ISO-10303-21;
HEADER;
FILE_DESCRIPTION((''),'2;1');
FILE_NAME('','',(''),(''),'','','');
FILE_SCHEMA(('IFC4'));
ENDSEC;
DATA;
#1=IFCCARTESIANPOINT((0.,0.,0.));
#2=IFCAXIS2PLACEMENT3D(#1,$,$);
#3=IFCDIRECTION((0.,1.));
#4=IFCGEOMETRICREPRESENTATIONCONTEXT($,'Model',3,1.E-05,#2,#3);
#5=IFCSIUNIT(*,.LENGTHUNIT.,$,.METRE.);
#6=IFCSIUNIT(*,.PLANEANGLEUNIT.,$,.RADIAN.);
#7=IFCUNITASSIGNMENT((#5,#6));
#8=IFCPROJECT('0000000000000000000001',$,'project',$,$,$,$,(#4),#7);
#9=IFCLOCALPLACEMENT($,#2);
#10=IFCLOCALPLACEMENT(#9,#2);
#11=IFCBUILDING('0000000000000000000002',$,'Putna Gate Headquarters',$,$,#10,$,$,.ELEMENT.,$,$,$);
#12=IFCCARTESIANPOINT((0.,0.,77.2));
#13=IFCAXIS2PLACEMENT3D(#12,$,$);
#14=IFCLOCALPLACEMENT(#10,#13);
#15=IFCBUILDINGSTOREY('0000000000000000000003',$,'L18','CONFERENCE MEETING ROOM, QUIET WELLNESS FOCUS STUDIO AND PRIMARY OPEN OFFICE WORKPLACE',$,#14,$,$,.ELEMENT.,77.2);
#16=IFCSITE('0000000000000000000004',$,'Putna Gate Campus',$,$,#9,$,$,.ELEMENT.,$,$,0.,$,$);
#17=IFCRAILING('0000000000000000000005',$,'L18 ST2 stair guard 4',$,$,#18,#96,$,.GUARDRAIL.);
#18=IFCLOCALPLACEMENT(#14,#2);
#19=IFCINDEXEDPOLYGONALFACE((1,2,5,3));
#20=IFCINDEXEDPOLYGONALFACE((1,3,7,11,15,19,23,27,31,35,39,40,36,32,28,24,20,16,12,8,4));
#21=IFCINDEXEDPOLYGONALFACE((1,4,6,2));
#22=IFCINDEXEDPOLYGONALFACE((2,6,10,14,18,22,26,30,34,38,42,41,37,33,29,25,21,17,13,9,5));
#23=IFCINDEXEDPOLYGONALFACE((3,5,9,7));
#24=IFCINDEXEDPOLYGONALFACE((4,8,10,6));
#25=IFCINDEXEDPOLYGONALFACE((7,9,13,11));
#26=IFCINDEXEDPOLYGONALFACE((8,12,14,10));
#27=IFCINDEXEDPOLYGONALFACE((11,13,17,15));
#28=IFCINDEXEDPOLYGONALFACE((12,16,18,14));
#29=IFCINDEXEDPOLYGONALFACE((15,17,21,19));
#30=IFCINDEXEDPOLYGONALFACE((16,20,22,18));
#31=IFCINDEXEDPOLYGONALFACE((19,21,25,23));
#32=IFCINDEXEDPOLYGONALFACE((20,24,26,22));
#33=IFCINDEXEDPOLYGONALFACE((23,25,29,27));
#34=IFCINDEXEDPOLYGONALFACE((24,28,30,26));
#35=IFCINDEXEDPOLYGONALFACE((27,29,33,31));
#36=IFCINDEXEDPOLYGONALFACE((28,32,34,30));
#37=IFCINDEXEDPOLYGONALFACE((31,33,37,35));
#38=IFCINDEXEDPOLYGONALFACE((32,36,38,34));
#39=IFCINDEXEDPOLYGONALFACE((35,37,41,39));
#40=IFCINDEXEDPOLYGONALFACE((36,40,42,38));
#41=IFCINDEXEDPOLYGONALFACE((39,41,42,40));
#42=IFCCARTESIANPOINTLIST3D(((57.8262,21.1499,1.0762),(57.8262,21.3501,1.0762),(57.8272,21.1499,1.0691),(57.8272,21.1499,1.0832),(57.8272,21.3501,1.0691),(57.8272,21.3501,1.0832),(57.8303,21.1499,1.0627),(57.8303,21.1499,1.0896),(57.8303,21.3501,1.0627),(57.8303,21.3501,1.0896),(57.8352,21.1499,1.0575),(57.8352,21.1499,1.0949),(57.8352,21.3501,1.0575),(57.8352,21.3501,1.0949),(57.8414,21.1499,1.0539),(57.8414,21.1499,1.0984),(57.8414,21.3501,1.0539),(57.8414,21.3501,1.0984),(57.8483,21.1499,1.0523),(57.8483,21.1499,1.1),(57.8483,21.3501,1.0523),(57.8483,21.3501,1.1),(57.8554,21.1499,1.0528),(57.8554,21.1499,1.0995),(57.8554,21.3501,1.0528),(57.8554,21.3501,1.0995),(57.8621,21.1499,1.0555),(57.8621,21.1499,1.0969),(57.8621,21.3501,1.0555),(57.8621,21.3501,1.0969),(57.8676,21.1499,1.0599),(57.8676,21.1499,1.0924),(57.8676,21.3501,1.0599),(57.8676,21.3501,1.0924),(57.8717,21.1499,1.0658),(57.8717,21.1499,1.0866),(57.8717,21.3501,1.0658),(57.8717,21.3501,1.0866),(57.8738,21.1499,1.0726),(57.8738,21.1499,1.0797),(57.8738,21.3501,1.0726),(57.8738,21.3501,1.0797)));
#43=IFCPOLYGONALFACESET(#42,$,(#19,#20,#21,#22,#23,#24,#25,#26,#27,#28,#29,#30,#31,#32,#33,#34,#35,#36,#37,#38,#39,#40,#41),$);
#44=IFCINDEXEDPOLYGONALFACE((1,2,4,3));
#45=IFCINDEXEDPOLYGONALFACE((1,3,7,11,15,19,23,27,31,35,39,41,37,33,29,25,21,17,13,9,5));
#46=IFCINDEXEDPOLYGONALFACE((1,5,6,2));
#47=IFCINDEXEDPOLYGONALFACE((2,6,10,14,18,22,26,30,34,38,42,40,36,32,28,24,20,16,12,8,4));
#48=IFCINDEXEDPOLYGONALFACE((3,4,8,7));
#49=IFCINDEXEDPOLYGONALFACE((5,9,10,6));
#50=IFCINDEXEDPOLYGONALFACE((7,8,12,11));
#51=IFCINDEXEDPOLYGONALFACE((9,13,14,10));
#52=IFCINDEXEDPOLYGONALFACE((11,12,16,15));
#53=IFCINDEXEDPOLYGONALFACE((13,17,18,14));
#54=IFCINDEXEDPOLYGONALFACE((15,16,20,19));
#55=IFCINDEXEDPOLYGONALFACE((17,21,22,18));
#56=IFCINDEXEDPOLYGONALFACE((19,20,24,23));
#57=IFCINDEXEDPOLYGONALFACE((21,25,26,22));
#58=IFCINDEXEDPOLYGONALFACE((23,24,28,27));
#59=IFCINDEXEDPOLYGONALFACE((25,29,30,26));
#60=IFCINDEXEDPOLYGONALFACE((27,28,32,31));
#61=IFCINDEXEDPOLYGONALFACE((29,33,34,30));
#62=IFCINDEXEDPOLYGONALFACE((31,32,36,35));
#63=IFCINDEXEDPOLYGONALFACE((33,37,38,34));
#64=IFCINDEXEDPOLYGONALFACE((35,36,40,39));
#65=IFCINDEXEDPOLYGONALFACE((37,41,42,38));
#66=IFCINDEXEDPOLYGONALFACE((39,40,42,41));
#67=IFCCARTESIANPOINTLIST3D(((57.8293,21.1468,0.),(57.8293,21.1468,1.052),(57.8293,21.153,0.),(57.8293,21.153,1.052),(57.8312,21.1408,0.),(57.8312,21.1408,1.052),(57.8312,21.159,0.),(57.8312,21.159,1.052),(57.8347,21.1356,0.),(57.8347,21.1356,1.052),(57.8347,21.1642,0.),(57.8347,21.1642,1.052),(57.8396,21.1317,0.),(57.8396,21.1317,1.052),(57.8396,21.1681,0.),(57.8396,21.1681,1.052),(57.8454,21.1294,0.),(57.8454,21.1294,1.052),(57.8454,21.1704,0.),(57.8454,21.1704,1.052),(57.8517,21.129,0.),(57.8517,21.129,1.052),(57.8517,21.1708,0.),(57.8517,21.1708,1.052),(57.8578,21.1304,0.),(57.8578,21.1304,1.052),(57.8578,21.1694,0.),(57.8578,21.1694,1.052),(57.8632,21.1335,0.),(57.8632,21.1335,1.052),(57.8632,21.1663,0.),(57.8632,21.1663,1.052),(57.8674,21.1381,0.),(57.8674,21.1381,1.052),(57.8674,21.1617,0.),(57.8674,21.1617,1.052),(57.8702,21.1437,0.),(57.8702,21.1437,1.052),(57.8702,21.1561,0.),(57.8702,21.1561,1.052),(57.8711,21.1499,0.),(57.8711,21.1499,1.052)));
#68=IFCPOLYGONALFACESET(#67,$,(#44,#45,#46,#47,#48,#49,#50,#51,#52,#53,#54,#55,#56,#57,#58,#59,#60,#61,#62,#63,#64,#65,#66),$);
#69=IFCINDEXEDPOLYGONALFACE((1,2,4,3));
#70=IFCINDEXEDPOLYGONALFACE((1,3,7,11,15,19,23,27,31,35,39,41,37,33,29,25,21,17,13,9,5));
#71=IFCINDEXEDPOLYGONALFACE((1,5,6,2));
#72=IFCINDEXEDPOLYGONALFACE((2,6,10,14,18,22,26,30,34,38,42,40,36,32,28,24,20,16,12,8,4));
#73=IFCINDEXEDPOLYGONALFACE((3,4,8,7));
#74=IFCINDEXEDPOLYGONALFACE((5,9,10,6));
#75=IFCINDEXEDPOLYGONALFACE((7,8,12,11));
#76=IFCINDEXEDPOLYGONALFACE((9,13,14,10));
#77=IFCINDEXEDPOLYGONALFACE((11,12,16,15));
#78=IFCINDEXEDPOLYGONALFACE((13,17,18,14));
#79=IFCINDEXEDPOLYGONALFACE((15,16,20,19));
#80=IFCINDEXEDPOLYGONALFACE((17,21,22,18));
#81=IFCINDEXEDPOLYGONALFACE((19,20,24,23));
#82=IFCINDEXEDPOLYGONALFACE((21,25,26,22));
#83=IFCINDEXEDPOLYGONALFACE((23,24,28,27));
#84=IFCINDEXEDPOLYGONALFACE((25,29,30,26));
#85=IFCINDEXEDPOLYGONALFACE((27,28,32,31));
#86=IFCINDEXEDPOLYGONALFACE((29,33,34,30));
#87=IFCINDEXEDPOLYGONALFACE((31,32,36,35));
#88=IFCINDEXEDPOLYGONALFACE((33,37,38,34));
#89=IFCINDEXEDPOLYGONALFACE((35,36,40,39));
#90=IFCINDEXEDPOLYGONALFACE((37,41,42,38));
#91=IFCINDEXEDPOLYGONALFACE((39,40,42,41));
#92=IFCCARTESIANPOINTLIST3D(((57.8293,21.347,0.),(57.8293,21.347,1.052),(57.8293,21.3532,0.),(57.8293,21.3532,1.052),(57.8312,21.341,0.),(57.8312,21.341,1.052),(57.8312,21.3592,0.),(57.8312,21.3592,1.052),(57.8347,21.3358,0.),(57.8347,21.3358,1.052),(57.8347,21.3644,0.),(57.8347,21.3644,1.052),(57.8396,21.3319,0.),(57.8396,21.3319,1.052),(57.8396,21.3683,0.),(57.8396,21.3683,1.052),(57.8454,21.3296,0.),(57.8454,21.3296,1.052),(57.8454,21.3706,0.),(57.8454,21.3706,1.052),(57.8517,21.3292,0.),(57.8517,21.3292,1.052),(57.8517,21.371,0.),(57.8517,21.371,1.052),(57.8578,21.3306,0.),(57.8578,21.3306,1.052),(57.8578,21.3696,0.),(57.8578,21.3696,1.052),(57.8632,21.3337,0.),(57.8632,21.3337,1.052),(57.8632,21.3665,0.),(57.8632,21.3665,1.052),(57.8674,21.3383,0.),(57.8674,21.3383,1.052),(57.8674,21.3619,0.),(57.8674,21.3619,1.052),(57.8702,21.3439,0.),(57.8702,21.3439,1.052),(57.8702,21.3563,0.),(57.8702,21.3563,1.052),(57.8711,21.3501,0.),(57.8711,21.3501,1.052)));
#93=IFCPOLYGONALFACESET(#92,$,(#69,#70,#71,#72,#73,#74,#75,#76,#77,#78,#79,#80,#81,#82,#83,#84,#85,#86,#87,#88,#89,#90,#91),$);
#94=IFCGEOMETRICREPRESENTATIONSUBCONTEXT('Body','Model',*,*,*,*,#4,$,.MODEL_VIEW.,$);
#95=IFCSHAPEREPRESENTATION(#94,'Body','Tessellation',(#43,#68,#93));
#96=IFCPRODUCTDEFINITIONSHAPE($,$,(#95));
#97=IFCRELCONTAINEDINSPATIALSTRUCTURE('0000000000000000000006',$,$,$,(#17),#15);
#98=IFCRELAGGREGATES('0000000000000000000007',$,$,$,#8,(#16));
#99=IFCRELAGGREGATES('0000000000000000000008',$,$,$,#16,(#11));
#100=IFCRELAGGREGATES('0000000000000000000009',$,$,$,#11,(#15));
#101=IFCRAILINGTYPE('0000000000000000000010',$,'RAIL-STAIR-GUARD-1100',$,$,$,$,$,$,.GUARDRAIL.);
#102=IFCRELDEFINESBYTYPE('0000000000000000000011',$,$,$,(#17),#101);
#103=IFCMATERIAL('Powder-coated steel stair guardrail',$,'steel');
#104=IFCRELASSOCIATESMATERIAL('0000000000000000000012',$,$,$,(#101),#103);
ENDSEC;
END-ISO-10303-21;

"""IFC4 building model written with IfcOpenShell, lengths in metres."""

from ifc_helpers import new_model, si_unit, direction, frame, origin, origin_2d, place, context, subcontext, project, spatial, circle, extrude, material, type_object, element, save


model = new_model("IFC4")

# Units and contexts
model_context = context("Model", 3, precision=1e-05, world=origin(), true_north=direction((0.0, 1.0)))
body_context = subcontext(model_context, "Body", "Model", "MODEL_VIEW")
ifc_project = project(units=[si_unit("LENGTHUNIT", "METRE"), si_unit("PLANEANGLEUNIT", "RADIAN")], contexts=[model_context])

# Site, building, storey
site_placement = place(None, origin())
site = spatial("IfcSite", under=ifc_project, at=site_placement, Name="Putna Gate Campus", CompositionType="ELEMENT", RefElevation=0.0)
building_placement = place(site_placement, origin())
building = spatial("IfcBuilding", under=site, at=building_placement, Name="Putna Gate Headquarters", CompositionType="ELEMENT")
storey_placement = place(building_placement, frame((0.0, 0.0, 77.2)))
storey = spatial("IfcBuildingStorey", under=building, at=storey_placement, Name="L18", Description="CONFERENCE MEETING ROOM, QUIET WELLNESS FOCUS STUDIO AND PRIMARY OPEN OFFICE WORKPLACE", CompositionType="ELEMENT", Elevation=77.2)

# Railing
ifc_material_1 = material(Name="Powder-coated steel stair guardrail", Category="steel")
railing_type_1 = type_object("IfcRailingType", Name="RAIL-STAIR-GUARD-1100", PredefinedType="GUARDRAIL", material=ifc_material_1)
railing_1_placement = place(storey_placement, frame((57.8501, 21.1499, 0.0)))
element("IfcRailing", 1, at=railing_1_placement, inside=storey, type_object=railing_type_1, Name="L18 ST2 stair guard 4", PredefinedType="GUARDRAIL", context=body_context, shape_type="SweptSolid", body=[
    extrude(circle(Radius=0.0239, at=origin_2d()), frame((0.0, 0.0, 1.0762), z_axis=(0.0, 1.0, 0.0), x_axis=(-1.0, 0.0, 0.0)), (0.0, 0.0, 1.0), 0.2002),
    extrude(circle(Radius=0.021, at=origin_2d()), origin(), (0.0, 0.0, 1.0), 1.052),
    extrude(circle(Radius=0.021, at=origin_2d()), frame((0.0, 0.2002, 0.0)), (0.0, 0.0, 1.0), 1.052),
])

save(model, "model.ifc")
